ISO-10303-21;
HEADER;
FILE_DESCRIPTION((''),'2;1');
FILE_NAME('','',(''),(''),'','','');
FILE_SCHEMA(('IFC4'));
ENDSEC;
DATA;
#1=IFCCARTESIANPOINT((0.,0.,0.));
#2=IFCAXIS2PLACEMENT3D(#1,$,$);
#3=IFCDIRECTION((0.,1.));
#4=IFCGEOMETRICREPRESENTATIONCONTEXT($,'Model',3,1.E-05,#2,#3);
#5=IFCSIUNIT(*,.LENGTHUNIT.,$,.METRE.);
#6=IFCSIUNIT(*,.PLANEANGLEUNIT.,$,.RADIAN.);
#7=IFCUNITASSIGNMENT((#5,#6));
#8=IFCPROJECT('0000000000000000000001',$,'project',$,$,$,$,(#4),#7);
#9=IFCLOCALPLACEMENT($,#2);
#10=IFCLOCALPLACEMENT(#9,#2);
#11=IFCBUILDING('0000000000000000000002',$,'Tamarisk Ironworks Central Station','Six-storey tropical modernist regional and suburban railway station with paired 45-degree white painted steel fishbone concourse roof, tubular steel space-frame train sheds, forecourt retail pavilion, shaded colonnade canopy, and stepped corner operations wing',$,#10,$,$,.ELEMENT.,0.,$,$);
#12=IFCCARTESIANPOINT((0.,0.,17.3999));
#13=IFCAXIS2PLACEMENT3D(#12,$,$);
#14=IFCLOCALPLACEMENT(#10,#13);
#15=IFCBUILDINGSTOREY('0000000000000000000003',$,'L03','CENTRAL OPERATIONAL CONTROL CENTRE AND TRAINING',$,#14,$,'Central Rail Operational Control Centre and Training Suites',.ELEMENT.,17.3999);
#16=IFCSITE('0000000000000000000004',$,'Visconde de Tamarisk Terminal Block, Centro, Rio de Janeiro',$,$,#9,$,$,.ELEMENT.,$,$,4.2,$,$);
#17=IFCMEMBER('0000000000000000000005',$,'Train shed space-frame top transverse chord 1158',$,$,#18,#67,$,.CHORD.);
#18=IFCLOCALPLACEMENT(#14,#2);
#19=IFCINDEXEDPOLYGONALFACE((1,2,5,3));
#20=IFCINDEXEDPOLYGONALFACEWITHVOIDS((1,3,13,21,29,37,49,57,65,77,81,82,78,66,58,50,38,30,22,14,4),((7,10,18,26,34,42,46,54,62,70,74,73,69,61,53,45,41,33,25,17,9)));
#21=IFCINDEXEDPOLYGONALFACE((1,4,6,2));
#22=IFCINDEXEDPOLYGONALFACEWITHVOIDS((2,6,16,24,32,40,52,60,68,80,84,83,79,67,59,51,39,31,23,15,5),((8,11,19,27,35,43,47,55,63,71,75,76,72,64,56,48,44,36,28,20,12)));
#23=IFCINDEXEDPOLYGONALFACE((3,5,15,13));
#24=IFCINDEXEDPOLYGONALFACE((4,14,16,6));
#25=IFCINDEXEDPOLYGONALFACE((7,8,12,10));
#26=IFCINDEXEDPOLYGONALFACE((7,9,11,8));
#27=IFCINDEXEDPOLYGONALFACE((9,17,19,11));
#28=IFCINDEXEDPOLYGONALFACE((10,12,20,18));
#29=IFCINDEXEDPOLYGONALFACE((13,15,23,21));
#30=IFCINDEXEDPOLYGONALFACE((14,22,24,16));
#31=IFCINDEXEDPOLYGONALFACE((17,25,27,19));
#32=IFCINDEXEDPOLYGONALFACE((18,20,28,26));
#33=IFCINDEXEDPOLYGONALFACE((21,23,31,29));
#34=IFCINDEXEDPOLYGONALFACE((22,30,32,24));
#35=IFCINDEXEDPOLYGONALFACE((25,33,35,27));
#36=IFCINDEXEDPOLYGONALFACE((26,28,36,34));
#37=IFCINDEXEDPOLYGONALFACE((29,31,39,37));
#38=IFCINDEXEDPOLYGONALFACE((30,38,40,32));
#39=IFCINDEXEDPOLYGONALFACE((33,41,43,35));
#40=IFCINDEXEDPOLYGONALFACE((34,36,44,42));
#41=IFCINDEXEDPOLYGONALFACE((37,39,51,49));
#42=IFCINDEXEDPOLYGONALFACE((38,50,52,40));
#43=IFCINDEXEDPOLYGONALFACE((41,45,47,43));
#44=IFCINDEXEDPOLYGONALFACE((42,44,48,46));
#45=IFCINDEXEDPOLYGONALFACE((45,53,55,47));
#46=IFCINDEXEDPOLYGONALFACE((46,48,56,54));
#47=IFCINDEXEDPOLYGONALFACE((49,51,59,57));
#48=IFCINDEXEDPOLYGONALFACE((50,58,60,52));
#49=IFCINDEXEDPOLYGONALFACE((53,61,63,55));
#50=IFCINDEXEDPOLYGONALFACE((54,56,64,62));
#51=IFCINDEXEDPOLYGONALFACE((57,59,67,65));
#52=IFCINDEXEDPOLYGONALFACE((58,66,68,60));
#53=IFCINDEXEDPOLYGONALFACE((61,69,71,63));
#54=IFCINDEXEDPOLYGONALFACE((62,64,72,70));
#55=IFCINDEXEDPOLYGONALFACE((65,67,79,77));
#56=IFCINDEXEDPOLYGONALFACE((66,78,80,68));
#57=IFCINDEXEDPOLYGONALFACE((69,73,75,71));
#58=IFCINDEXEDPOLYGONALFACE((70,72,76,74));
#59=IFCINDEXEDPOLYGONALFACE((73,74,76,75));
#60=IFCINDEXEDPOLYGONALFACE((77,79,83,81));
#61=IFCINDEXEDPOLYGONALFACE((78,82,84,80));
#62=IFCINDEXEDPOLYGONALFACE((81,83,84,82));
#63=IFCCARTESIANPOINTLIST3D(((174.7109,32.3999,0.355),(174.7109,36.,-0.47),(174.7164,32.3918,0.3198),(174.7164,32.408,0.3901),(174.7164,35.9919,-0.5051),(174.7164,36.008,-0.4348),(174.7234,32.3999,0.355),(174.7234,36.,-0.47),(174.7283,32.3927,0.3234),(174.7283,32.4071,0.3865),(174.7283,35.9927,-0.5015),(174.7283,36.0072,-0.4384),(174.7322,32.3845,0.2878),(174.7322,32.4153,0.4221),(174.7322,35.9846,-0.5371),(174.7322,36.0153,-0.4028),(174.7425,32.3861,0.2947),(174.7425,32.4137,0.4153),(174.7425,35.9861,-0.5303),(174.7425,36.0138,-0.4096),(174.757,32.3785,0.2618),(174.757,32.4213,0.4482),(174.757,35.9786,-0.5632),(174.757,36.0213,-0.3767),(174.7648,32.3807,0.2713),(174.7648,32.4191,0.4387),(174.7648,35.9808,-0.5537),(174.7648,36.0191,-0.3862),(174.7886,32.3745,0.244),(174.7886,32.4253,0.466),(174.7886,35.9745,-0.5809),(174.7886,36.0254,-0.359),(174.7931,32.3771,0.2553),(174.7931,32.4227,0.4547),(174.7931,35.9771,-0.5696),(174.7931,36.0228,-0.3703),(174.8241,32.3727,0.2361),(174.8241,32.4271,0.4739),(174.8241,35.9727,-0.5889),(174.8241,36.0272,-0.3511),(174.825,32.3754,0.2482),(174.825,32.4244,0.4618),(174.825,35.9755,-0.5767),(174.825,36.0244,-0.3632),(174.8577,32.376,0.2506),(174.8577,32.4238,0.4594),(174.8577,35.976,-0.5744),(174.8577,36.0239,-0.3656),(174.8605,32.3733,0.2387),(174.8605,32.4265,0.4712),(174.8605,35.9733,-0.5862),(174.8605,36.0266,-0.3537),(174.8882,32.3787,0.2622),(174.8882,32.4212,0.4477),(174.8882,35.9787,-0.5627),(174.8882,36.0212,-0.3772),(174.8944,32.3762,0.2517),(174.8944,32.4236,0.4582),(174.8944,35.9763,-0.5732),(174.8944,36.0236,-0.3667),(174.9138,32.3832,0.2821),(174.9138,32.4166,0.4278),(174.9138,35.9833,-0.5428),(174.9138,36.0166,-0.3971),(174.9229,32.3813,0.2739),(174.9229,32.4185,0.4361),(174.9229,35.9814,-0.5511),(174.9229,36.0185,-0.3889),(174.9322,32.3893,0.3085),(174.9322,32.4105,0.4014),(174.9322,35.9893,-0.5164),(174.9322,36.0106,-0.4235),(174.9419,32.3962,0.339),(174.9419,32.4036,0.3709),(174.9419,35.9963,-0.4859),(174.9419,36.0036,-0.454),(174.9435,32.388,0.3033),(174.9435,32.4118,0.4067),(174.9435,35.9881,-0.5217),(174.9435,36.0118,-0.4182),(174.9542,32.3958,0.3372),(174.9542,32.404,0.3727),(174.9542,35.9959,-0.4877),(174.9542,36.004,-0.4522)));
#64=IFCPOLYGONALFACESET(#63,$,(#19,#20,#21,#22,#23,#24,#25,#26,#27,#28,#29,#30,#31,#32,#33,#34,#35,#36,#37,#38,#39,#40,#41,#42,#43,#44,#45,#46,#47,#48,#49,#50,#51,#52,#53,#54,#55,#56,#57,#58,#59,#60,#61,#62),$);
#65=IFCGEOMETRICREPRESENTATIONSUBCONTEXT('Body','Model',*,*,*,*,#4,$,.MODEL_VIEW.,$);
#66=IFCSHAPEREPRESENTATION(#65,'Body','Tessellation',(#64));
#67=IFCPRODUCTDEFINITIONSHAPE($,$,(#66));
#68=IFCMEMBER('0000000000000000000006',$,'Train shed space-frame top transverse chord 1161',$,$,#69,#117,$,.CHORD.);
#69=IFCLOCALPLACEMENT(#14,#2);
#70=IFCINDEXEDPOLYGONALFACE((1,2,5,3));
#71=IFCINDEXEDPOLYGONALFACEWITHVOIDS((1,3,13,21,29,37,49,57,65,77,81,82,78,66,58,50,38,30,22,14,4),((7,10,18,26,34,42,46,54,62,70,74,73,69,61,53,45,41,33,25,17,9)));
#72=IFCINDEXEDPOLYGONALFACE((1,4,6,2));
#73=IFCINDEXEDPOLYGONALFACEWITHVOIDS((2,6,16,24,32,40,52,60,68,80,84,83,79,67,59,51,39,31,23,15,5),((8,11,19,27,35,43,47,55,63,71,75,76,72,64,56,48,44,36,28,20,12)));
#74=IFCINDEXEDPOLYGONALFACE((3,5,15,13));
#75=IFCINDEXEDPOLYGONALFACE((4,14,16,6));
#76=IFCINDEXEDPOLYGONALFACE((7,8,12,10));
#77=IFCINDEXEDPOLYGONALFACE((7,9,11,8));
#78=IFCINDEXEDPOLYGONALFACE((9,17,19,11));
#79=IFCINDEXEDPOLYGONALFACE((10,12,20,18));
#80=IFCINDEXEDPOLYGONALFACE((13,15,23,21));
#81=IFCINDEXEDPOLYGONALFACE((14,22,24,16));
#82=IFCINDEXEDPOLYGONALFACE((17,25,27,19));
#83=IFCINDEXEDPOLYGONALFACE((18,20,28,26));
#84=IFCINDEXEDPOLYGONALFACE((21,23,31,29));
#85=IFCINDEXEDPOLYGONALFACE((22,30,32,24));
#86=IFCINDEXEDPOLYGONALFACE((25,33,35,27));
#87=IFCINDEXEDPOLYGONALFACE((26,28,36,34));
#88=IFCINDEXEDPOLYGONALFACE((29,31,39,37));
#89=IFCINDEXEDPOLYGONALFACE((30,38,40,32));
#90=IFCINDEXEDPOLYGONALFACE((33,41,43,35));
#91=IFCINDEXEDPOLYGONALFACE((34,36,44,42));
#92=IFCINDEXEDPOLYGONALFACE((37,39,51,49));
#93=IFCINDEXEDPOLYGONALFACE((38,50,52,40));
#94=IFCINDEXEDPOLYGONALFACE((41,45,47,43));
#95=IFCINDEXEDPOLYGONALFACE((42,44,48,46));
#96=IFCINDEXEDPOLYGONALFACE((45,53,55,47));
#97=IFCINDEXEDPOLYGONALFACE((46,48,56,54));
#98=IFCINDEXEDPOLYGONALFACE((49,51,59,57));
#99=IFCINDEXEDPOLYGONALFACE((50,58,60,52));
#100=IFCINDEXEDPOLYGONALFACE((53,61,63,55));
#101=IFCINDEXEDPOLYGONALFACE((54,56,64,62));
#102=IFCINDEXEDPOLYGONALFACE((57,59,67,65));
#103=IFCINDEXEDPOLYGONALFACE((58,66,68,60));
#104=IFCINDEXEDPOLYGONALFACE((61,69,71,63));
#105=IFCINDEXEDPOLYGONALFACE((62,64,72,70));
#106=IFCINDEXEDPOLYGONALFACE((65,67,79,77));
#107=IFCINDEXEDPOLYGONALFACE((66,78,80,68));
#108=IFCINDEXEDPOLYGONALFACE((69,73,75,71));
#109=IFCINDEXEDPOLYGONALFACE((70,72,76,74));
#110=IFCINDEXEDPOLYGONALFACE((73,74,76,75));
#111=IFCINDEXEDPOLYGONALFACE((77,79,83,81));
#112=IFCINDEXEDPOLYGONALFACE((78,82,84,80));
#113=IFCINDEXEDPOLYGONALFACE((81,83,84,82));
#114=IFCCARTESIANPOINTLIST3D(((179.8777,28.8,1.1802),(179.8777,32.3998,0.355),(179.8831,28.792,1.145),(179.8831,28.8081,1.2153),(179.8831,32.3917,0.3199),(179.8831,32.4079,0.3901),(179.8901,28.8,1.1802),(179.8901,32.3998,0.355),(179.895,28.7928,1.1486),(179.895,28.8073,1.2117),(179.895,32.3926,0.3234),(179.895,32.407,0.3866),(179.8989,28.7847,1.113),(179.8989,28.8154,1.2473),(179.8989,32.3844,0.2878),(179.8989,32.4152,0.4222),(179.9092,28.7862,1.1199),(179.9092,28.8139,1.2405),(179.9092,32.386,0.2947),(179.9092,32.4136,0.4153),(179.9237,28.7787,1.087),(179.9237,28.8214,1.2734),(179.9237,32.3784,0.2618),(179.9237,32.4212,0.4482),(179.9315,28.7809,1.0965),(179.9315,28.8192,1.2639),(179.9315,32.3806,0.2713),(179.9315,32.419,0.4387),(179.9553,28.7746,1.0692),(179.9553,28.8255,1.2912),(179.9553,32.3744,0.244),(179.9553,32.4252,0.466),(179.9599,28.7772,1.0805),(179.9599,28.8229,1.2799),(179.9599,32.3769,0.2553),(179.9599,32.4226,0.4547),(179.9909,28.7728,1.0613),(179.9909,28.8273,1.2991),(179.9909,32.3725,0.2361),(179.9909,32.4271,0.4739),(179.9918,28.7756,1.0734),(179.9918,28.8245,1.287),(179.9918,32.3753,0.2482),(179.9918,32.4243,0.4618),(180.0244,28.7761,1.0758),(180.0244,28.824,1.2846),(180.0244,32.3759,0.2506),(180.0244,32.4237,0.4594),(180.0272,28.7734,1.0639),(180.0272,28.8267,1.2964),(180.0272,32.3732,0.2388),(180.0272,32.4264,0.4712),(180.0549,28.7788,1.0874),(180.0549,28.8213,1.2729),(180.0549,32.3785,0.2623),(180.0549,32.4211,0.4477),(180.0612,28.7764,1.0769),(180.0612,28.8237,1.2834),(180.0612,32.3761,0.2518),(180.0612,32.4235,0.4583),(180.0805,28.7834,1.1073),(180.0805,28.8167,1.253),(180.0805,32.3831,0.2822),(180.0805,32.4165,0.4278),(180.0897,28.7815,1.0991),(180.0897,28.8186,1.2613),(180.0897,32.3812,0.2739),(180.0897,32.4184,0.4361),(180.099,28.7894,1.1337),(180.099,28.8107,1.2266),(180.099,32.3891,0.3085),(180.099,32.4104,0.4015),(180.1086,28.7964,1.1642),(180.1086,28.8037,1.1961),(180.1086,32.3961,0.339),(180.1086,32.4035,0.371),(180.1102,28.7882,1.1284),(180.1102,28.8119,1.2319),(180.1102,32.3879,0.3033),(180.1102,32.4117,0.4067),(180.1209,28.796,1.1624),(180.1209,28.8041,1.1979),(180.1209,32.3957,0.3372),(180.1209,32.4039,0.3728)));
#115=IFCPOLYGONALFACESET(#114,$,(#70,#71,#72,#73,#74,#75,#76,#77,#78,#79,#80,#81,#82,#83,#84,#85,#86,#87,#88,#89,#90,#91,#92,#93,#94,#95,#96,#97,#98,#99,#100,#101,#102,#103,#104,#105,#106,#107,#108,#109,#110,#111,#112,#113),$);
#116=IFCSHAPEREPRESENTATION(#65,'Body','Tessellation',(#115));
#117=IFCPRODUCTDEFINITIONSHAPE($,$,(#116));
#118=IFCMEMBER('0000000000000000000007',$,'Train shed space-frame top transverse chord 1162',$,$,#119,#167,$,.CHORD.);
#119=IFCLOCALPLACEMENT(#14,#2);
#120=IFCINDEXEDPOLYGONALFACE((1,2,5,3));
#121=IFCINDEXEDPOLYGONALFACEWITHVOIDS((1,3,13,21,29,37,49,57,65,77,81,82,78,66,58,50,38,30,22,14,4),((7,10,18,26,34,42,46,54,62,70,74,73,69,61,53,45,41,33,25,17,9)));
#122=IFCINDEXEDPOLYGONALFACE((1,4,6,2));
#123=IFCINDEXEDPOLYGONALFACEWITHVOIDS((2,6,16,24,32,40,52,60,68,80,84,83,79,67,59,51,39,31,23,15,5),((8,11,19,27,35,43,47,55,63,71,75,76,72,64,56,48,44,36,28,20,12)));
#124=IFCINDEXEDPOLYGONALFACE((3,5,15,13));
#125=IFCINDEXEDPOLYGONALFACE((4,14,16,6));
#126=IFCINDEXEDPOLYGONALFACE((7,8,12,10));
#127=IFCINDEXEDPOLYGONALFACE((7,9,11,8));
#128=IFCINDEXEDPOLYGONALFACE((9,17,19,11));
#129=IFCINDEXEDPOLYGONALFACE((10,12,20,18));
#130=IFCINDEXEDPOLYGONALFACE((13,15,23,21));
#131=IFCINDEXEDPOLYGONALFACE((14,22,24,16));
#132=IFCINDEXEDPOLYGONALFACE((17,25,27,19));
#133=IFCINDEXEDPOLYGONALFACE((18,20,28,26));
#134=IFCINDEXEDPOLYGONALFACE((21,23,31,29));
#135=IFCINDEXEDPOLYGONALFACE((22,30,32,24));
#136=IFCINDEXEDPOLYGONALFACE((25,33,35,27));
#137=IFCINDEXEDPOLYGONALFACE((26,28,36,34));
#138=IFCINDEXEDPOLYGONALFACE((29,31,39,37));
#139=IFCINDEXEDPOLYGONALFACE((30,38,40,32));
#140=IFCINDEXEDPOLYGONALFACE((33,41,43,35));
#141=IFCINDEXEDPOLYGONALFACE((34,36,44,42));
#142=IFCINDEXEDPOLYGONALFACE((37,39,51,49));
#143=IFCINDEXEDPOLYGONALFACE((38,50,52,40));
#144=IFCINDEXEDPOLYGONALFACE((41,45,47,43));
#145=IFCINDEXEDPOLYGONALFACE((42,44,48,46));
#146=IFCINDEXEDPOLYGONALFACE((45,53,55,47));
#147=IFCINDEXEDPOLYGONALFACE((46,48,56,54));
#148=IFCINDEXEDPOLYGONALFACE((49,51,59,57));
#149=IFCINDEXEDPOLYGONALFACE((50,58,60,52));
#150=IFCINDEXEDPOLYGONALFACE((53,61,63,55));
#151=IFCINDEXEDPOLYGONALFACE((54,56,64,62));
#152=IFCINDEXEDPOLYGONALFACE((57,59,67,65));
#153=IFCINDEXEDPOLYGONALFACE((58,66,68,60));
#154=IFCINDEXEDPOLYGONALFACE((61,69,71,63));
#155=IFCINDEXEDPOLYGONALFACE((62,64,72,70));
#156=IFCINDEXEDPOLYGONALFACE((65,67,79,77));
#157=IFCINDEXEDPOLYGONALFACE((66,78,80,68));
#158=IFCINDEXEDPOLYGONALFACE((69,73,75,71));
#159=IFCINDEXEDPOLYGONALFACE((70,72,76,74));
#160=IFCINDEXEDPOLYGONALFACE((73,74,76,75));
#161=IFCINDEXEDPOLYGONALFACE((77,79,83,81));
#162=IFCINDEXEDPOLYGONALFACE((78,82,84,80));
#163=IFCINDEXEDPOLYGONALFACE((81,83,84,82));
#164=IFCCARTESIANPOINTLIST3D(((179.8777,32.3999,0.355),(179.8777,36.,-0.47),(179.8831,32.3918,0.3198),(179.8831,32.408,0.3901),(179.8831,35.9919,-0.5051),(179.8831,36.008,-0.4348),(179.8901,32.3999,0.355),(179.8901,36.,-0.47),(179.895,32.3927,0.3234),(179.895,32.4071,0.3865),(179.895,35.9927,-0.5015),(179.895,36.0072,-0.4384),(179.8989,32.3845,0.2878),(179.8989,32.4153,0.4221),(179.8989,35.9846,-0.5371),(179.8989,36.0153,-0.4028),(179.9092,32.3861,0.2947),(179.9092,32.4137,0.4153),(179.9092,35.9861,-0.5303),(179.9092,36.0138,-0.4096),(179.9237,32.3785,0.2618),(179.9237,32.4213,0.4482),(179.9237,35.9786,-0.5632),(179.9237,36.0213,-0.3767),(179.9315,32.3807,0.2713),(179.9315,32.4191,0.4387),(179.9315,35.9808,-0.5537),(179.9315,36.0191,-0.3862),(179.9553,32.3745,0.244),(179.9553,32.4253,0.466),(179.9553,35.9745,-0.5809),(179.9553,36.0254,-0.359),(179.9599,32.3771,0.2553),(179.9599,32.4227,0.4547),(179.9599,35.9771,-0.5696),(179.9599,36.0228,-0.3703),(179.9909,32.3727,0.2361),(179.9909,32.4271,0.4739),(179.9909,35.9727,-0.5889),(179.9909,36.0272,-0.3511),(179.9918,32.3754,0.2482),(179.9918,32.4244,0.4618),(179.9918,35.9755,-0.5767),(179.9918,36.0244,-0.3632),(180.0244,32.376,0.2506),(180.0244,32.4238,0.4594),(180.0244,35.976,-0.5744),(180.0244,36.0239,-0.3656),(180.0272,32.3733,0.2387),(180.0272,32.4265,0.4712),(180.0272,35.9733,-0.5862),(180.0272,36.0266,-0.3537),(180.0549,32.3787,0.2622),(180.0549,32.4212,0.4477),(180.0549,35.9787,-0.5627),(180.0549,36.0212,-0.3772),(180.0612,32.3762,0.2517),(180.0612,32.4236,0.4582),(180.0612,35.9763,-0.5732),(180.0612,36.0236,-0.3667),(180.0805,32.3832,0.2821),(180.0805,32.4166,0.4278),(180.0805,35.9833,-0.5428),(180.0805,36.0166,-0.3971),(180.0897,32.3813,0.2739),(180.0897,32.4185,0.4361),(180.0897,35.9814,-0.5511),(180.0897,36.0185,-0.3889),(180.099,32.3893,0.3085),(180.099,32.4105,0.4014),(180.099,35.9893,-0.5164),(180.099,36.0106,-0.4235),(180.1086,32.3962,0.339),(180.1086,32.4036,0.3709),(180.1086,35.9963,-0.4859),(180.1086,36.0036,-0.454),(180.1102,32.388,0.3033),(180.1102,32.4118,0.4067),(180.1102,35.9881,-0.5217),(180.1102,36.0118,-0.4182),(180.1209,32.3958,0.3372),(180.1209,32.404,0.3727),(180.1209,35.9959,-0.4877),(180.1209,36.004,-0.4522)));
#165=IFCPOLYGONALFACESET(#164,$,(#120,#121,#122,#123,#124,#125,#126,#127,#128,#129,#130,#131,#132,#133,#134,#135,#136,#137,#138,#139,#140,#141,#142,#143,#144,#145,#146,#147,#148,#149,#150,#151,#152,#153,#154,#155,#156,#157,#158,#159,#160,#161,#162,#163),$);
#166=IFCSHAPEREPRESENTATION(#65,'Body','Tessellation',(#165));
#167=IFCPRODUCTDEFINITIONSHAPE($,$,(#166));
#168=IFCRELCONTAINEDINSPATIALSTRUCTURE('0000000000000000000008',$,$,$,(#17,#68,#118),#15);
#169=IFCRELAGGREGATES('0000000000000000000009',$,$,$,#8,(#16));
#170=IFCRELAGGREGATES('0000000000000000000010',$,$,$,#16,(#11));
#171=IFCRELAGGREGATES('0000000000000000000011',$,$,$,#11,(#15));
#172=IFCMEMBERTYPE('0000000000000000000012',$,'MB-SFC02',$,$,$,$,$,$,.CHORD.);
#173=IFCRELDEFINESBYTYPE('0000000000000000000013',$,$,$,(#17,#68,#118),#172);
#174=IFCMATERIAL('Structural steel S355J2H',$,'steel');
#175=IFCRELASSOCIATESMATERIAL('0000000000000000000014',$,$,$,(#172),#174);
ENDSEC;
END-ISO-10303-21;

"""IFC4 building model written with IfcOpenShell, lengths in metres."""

from ifc_helpers import new_model, si_unit, direction, frame, origin, origin_2d, place, context, subcontext, project, spatial, hollow_circle, extrude, material, material_profile, profile_set, type_object, element, save


model = new_model("IFC4")

# Units and contexts
model_context = context("Model", 3, precision=1e-05, world=origin(), true_north=direction((0.0, 1.0)))
body_context = subcontext(model_context, "Body", "Model", "MODEL_VIEW")
ifc_project = project(units=[si_unit("LENGTHUNIT", "METRE"), si_unit("PLANEANGLEUNIT", "RADIAN")], contexts=[model_context])

# Site, building, storey
site_placement = place(None, origin())
site = spatial("IfcSite", under=ifc_project, at=site_placement, Name="Visconde de Tamarisk Terminal Block, Centro, Rio de Janeiro", CompositionType="ELEMENT", RefElevation=4.2)
building_placement = place(site_placement, origin())
building = spatial("IfcBuilding", under=site, at=building_placement, Name="Tamarisk Ironworks Central Station", Description="Six-storey tropical modernist regional and suburban railway station with paired 45-degree white painted steel fishbone concourse roof, tubular steel space-frame train sheds, forecourt retail pavilion, shaded colonnade canopy, and stepped corner operations wing", CompositionType="ELEMENT", ElevationOfRefHeight=0.0)
storey_placement = place(building_placement, frame((0.0, 0.0, 17.3999)))
storey = spatial("IfcBuildingStorey", under=building, at=storey_placement, Name="L03", Description="CENTRAL OPERATIONAL CONTROL CENTRE AND TRAINING", LongName="Central Rail Operational Control Centre and Training Suites", CompositionType="ELEMENT", Elevation=17.3999)

# Members
ifc_material_1 = material(Name="Structural steel S355J2H", Category="steel")
ifc_material_profile_1 = material_profile(ifc_material_1, hollow_circle(Radius=0.1223, WallThickness=0.0125, at=origin_2d()), Name="CHS 244.5x12.5")
ifc_profile_set_1 = profile_set([ifc_material_profile_1], Name="Structural steel S355J2H")
member_type_1 = type_object("IfcMemberType", Name="MB-SFC02", PredefinedType="CHORD", material=ifc_profile_set_1)
member_1_placement = place(storey_placement, frame((174.8333, 32.3999, 0.355), z_axis=(0.0, 0.974737, -0.223358), x_axis=(-1.0, 0.0, 0.0)))
element("IfcMember", 1, at=member_1_placement, inside=storey, type_object=member_type_1, Name="Train shed space-frame top transverse chord 1158", PredefinedType="CHORD", context=body_context, shape_type="SweptSolid", body=[
    extrude(hollow_circle(Radius=0.1223, WallThickness=0.0125, at=origin_2d()), origin(), (0.0, 0.0, 1.0), 3.6934),
])
member_2_placement = place(storey_placement, frame((180.0, 28.8, 1.1802), z_axis=(0.0, 0.974719, -0.223435), x_axis=(-1.0, 0.0, 0.0)))
element("IfcMember", 2, at=member_2_placement, inside=storey, type_object=member_type_1, Name="Train shed space-frame top transverse chord 1161", PredefinedType="CHORD", context=body_context, shape_type="SweptSolid", body=[
    extrude(hollow_circle(Radius=0.1223, WallThickness=0.0125, at=origin_2d()), origin(), (0.0, 0.0, 1.0), 3.6931),
])
for number, where, z_axis, x_axis, name in (
    (3, (180.0, 32.3999, 0.355), (0.0, 0.974737, -0.223358), (-1.0, 0.0, 0.0), "Train shed space-frame top transverse chord 1162"),
):
    element("IfcMember", number, at=place(storey_placement, frame(where, z_axis=z_axis, x_axis=x_axis)), inside=storey, type_object=member_type_1, Name=name, PredefinedType="CHORD", context=body_context, shape_type="SweptSolid", body=[
        extrude(hollow_circle(Radius=0.1223, WallThickness=0.0125, at=origin_2d()), origin(), (0.0, 0.0, 1.0), 3.6934),
    ])

save(model, "model.ifc")
